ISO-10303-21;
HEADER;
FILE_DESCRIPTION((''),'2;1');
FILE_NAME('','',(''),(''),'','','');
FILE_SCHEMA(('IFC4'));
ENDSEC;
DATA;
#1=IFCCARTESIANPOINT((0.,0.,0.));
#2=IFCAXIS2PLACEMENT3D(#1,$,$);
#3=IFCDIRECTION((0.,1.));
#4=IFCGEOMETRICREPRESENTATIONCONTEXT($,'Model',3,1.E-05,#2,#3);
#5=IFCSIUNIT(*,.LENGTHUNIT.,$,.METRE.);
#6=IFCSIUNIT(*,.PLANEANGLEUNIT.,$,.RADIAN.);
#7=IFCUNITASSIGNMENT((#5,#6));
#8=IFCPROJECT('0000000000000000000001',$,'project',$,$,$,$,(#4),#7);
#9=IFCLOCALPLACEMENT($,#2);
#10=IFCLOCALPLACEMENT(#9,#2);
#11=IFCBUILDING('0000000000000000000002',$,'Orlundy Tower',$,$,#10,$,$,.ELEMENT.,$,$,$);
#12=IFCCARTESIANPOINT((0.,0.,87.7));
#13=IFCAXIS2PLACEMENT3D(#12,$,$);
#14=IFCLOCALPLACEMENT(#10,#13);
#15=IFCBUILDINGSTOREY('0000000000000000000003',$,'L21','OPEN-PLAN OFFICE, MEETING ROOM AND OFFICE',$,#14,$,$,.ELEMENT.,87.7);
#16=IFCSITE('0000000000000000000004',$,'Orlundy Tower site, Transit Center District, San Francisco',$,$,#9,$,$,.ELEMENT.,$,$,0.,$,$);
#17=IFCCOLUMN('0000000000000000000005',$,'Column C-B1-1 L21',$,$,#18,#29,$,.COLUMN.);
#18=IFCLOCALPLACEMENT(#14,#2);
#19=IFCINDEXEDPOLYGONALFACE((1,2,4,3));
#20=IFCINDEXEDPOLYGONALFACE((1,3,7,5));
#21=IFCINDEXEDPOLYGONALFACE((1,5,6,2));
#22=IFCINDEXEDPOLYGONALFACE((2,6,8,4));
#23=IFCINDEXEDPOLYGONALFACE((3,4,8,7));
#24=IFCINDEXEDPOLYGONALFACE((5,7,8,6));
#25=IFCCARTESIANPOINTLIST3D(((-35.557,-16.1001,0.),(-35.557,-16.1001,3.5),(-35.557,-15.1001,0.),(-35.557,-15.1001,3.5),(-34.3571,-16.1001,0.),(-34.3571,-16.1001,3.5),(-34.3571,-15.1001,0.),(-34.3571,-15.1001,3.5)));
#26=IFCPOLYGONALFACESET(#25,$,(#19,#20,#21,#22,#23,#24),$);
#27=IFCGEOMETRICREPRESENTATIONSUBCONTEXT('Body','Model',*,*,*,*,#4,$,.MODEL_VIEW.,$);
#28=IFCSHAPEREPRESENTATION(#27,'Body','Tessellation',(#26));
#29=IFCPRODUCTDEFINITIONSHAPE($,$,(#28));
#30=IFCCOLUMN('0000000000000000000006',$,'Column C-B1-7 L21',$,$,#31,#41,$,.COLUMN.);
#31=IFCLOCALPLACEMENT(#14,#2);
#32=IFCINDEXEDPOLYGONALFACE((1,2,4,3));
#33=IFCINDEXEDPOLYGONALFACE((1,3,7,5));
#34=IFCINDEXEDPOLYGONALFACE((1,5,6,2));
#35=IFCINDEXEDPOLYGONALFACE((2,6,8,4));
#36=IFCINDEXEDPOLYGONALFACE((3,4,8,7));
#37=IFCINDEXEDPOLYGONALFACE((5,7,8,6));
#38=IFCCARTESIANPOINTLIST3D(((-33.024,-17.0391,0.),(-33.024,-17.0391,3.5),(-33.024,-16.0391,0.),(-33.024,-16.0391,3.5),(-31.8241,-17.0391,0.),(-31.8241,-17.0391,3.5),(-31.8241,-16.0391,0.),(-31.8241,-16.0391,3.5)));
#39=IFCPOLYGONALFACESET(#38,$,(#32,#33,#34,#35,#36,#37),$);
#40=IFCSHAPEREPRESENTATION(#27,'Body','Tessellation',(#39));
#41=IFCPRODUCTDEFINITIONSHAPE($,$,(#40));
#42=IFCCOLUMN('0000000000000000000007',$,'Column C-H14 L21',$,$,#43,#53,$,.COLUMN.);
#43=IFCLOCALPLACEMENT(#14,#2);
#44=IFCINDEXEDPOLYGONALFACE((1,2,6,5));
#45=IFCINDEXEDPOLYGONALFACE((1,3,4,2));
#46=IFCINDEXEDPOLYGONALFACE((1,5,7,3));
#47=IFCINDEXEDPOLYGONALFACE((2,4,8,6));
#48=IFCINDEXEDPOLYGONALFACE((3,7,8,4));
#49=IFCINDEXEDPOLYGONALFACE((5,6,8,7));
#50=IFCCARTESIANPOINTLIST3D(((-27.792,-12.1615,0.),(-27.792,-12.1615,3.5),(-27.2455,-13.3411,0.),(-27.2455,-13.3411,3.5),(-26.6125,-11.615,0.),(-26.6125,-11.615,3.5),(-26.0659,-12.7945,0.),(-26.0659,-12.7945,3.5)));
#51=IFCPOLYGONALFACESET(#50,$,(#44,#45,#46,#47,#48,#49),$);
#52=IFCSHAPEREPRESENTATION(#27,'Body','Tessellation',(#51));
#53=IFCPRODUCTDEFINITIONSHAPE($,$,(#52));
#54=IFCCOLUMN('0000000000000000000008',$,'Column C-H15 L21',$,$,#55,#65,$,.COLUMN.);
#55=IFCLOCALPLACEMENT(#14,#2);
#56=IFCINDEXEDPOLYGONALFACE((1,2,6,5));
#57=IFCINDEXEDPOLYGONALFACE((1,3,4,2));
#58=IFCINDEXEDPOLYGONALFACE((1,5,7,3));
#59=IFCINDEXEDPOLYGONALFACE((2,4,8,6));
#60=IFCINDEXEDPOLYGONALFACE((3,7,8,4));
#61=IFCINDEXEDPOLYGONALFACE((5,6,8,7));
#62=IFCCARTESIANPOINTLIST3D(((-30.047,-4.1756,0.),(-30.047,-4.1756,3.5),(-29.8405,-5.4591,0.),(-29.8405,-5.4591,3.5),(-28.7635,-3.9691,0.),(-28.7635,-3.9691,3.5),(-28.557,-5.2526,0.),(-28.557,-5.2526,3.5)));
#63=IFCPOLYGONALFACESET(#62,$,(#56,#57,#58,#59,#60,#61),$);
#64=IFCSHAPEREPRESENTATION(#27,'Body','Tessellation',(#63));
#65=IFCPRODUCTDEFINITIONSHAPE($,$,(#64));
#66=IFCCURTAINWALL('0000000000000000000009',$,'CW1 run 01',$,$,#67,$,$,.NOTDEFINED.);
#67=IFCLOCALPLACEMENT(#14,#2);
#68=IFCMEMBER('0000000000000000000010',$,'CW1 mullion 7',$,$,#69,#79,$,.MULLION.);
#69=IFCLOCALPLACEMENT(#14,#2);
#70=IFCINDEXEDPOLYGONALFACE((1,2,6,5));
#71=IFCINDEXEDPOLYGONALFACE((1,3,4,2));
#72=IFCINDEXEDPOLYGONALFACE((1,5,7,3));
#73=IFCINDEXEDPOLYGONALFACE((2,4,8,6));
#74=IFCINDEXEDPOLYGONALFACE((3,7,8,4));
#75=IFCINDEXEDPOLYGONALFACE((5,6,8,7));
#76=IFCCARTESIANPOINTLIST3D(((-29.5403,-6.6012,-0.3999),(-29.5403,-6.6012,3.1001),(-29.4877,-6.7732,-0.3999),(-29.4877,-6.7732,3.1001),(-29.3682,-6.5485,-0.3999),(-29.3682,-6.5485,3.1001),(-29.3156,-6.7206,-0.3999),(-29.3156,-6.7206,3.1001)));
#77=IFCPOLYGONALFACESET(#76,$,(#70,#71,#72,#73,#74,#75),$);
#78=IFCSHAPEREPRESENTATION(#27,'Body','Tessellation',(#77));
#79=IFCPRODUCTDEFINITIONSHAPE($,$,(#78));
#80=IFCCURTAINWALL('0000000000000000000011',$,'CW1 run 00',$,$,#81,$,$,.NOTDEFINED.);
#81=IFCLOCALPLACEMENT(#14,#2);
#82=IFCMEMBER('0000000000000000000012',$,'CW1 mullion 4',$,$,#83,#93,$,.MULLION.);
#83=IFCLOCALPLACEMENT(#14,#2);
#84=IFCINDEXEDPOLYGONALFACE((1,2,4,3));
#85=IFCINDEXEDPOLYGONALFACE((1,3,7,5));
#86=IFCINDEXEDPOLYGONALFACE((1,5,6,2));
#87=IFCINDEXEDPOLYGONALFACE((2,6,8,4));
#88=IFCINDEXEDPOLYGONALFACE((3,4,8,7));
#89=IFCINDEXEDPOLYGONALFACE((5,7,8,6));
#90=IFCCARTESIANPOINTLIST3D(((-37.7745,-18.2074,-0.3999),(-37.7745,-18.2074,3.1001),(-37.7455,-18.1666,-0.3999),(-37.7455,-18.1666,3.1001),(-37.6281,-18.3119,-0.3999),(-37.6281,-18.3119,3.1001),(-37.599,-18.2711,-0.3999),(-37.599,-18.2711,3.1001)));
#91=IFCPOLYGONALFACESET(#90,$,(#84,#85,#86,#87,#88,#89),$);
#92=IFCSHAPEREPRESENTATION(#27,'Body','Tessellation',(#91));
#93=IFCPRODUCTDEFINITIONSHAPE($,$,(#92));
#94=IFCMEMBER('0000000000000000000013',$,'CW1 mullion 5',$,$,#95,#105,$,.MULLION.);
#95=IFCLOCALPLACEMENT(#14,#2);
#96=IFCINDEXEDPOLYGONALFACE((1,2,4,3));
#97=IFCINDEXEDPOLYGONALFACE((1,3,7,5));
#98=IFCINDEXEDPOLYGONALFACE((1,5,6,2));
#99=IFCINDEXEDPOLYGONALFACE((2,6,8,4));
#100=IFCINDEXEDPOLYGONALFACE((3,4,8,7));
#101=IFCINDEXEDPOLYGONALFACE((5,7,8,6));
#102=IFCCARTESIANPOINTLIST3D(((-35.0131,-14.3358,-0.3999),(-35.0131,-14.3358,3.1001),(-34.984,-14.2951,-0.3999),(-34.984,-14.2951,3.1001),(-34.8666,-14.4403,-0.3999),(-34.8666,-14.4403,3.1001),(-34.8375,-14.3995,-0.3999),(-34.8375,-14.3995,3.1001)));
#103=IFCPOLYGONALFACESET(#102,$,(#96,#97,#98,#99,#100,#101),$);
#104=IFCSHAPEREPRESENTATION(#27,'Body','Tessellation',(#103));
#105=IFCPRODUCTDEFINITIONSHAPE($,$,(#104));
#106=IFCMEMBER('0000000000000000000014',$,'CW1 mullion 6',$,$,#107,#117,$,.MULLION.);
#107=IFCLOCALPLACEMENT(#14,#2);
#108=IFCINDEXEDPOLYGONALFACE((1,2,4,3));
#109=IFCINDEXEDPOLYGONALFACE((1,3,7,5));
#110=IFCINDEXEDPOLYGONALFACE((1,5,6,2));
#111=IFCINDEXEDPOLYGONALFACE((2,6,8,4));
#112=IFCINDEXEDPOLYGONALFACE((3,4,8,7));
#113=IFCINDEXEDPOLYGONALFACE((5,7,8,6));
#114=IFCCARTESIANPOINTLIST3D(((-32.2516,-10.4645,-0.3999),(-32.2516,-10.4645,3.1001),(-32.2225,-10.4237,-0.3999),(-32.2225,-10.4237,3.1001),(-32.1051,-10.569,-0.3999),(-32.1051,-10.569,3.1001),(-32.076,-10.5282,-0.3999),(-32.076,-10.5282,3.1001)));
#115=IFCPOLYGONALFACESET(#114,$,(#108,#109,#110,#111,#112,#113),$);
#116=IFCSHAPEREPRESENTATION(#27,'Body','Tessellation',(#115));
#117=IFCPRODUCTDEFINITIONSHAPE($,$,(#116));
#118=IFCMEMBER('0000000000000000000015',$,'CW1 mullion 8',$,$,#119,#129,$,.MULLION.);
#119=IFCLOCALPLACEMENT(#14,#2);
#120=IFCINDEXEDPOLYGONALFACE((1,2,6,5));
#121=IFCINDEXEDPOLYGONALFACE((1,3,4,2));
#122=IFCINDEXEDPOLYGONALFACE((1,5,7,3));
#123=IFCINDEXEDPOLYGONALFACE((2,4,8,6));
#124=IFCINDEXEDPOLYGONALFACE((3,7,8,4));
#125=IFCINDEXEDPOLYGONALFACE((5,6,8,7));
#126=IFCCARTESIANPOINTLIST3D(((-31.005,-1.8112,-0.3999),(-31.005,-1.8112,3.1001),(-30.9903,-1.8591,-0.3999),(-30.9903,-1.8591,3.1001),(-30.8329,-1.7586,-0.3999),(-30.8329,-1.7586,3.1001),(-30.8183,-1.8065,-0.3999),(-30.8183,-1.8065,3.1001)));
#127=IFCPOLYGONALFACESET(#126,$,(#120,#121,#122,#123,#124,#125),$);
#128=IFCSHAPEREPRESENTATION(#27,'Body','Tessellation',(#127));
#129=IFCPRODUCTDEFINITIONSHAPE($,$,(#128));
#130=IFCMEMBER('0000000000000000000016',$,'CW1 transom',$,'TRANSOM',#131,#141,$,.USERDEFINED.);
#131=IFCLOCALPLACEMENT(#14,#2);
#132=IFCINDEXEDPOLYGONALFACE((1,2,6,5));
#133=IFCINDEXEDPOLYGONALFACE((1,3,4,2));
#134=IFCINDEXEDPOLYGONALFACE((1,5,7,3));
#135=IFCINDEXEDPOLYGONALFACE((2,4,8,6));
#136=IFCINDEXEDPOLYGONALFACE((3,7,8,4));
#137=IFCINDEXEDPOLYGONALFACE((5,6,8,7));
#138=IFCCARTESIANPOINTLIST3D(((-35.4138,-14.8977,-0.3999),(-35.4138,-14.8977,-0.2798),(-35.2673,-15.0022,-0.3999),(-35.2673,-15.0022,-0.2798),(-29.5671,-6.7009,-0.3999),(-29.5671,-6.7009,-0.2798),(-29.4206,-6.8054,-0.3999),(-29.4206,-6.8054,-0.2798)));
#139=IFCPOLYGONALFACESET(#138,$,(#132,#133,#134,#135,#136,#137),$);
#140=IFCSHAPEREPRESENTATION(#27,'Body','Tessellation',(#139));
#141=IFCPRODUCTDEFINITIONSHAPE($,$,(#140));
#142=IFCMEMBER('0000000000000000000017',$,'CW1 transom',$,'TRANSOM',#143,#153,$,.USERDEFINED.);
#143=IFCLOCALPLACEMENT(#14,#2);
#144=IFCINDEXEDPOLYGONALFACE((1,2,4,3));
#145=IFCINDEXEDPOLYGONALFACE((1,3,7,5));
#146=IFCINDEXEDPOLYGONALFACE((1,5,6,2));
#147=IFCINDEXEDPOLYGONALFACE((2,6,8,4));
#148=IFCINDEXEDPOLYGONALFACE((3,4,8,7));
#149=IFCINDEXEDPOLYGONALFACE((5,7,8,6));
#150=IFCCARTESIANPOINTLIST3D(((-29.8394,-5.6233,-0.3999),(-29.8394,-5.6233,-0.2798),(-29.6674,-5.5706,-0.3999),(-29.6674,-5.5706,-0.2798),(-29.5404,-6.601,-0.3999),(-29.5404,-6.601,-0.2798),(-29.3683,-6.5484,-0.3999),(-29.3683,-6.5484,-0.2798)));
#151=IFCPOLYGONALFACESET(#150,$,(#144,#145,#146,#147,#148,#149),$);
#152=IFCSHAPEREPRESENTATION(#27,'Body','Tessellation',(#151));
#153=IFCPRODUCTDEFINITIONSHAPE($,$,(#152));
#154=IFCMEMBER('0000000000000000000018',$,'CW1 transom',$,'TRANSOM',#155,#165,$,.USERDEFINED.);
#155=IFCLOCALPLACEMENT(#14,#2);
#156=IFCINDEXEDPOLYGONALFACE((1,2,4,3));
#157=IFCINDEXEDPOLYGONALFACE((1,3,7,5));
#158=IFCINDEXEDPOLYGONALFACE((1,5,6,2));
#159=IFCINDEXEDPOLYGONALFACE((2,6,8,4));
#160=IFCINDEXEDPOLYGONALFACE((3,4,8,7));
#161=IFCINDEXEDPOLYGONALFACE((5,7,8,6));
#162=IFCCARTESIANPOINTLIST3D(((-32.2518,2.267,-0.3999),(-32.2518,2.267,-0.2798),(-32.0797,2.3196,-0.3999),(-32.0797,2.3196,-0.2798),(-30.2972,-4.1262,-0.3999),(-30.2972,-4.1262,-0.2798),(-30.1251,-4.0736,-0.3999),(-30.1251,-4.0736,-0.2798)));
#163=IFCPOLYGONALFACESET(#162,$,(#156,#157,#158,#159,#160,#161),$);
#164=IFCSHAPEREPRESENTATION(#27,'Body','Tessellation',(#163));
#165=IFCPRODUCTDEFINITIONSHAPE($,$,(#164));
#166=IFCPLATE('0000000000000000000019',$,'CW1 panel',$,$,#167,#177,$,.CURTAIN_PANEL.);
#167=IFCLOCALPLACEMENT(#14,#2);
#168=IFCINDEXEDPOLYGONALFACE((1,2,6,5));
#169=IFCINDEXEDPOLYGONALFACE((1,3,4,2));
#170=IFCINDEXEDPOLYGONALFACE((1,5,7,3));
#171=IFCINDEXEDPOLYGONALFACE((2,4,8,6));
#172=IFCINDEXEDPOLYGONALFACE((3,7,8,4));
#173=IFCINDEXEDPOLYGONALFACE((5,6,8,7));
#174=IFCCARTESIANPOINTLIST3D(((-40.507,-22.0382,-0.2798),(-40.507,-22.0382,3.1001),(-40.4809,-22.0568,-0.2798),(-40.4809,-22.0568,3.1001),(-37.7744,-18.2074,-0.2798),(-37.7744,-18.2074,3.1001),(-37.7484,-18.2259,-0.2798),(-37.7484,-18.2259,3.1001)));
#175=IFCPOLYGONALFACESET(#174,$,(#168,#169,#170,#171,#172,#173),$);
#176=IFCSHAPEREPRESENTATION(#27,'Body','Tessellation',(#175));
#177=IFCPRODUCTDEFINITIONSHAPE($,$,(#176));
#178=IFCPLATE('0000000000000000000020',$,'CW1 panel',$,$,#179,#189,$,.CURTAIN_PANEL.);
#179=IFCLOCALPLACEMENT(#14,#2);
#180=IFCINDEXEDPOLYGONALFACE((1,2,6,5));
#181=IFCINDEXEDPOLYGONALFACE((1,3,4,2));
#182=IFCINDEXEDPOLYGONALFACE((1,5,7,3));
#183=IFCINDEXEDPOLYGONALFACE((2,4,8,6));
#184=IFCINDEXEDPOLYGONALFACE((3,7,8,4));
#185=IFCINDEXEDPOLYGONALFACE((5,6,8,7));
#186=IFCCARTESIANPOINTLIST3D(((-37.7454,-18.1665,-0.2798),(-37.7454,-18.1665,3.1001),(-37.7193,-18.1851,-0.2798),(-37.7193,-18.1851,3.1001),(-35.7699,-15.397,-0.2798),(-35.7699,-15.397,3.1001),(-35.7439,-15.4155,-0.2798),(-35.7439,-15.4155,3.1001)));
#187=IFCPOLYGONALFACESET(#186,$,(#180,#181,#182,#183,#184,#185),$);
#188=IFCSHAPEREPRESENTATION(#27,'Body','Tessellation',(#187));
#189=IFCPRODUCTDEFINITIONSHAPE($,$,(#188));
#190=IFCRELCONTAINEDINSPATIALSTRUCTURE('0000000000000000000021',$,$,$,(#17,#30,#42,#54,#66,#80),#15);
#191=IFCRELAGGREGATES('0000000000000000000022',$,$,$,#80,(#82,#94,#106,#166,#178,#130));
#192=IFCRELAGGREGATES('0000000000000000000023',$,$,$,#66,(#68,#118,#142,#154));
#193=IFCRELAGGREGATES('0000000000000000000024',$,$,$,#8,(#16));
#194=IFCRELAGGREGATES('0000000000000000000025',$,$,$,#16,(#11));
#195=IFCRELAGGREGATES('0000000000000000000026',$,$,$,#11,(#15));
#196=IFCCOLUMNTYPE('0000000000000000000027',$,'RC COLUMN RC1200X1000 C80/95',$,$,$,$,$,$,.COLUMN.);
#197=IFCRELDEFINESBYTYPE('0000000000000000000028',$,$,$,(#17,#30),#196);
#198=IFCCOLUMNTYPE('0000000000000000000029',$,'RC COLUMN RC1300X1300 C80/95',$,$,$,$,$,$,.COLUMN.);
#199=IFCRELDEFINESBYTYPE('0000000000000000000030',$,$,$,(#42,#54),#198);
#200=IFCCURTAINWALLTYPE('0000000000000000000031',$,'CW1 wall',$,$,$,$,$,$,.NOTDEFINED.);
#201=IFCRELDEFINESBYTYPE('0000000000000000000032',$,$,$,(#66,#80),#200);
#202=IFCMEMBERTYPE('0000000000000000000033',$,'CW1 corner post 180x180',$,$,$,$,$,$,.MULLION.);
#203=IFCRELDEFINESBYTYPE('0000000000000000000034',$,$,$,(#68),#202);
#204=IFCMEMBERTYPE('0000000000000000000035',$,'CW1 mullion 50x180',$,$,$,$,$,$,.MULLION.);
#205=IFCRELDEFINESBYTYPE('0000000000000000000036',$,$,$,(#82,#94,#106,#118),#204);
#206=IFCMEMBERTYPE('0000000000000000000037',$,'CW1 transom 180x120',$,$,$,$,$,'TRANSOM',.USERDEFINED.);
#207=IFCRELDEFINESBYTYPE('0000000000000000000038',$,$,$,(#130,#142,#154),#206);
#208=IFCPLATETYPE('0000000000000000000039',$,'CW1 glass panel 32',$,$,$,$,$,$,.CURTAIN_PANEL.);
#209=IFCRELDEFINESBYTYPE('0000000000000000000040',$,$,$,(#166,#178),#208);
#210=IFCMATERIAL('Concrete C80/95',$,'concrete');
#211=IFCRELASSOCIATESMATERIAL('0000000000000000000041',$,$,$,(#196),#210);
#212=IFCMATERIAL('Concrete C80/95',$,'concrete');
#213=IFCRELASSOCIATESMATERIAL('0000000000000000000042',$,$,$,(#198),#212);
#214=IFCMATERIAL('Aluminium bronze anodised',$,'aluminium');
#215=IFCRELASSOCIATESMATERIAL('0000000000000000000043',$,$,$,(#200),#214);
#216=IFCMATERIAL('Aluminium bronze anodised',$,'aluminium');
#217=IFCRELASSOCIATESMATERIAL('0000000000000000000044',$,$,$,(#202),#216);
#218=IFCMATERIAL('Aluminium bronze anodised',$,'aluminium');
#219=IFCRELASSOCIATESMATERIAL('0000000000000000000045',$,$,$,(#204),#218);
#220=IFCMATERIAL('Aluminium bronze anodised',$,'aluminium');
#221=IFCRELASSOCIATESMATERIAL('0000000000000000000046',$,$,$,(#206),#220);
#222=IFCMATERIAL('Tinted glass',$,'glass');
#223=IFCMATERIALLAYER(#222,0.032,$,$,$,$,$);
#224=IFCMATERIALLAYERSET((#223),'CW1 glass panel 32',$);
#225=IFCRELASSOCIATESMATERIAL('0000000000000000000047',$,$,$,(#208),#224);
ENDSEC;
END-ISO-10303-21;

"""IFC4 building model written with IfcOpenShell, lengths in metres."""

from ifc_helpers import new_model, si_unit, direction, frame, origin, origin_2d, place, context, subcontext, project, spatial, rectangle, extrude, material, layer, layer_set, material_profile, profile_set, type_object, element, aggregate, save


model = new_model("IFC4")

# Units and contexts
model_context = context("Model", 3, precision=1e-05, world=origin(), true_north=direction((0.0, 1.0)))
body_context = subcontext(model_context, "Body", "Model", "MODEL_VIEW")
ifc_project = project(units=[si_unit("LENGTHUNIT", "METRE"), si_unit("PLANEANGLEUNIT", "RADIAN")], contexts=[model_context])

# Site, building, storey
site_placement = place(None, origin())
site = spatial("IfcSite", under=ifc_project, at=site_placement, Name="Orlundy Tower site, Transit Center District, San Francisco", CompositionType="ELEMENT", RefElevation=0.0)
building_placement = place(site_placement, origin())
building = spatial("IfcBuilding", under=site, at=building_placement, Name="Orlundy Tower", CompositionType="ELEMENT")
storey_placement = place(building_placement, frame((0.0, 0.0, 87.7)))
storey = spatial("IfcBuildingStorey", under=building, at=storey_placement, Name="L21", Description="OPEN-PLAN OFFICE, MEETING ROOM AND OFFICE", CompositionType="ELEMENT", Elevation=87.7)

# Columns
ifc_material_1 = material(Name="Concrete C80/95", Category="concrete")
ifc_material_profile_1 = material_profile(ifc_material_1, rectangle(XDim=1.2, YDim=1.0, at=origin_2d()), Name="RC1200X1000")
ifc_profile_set_1 = profile_set([ifc_material_profile_1], Name="Concrete C80/95")
column_type_1 = type_object("IfcColumnType", Name="RC COLUMN RC1200X1000 C80/95", PredefinedType="COLUMN", material=ifc_profile_set_1)
for number, where, z_axis, x_axis, name in (
    (1, (-34.957, -15.6001, 0.0), (0.0, 0.0, 1.0), (1.0, 0.0, 0.0), "Column C-B1-1 L21"),
    (2, (-32.4241, -16.5391, 0.0), (0.0, 0.0, 1.0), (1.0, 0.0, 0.0), "Column C-B1-7 L21"),
):
    element("IfcColumn", number, at=place(storey_placement, frame(where, z_axis=z_axis, x_axis=x_axis)), inside=storey, type_object=column_type_1, Name=name, PredefinedType="COLUMN", context=body_context, shape_type="SweptSolid", body=[
        extrude(rectangle(XDim=1.2, YDim=1.0, at=origin_2d()), origin(), (0.0, 0.0, 1.0), 3.5),
    ])
ifc_material_2 = material(Name="Concrete C80/95", Category="concrete")
ifc_material_profile_2 = material_profile(ifc_material_2, rectangle(XDim=1.3, YDim=1.3, at=origin_2d()), Name="RC1300X1300")
ifc_profile_set_2 = profile_set([ifc_material_profile_2], Name="Concrete C80/95")
column_type_2 = type_object("IfcColumnType", Name="RC COLUMN RC1300X1300 C80/95", PredefinedType="COLUMN", material=ifc_profile_set_2)
for number, where, z_axis, x_axis, name in (
    (3, (-26.929, -12.478, 0.0), (0.0, 0.0, 1.0), (-0.90733, -0.420418, 0.0), "Column C-H14 L21"),
    (4, (-29.302, -4.7141, 0.0), (0.0, 0.0, 1.0), (-0.987306, -0.15883, 0.0), "Column C-H15 L21"),
):
    element("IfcColumn", number, at=place(storey_placement, frame(where, z_axis=z_axis, x_axis=x_axis)), inside=storey, type_object=column_type_2, Name=name, PredefinedType="COLUMN", context=body_context, shape_type="SweptSolid", body=[
        extrude(rectangle(XDim=1.3, YDim=1.3, at=origin_2d()), origin(), (0.0, 0.0, 1.0), 3.5),
    ])

# Curtain wall, member
ifc_material_3 = material(Name="Aluminium bronze anodised", Category="aluminium")
curtain_wall_type = type_object("IfcCurtainWallType", Name="CW1 wall", PredefinedType="NOTDEFINED", material=ifc_material_3)
curtain_wall_1_placement = place(storey_placement, origin())
curtain_wall_1 = element("IfcCurtainWall", 5, at=curtain_wall_1_placement, inside=storey, type_object=curtain_wall_type, Name="CW1 run 01", PredefinedType="NOTDEFINED")
ifc_material_4 = material(Name="Aluminium bronze anodised", Category="aluminium")
ifc_material_profile_3 = material_profile(ifc_material_4, rectangle(XDim=0.1799, YDim=0.1799, at=origin_2d()), Name="CW1 corner post 180x180")
ifc_profile_set_3 = profile_set([ifc_material_profile_3], Name="Aluminium bronze anodised")
member_type_1 = type_object("IfcMemberType", Name="CW1 corner post 180x180", PredefinedType="MULLION", material=ifc_profile_set_3)
member_1_placement = place(storey_placement, frame((-29.428, -6.6609, -0.3999), z_axis=(0.0, 0.0, 1.0), x_axis=(-0.956299, -0.29239, 0.0)))
member_1 = element("IfcMember", 6, at=member_1_placement, type_object=member_type_1, Name="CW1 mullion 7", PredefinedType="MULLION", context=body_context, shape_type="SweptSolid", body=[
    extrude(rectangle(XDim=0.1799, YDim=0.1799, at=origin_2d()), origin(), (0.0, 0.0, 1.0), 3.5),
])

# Curtain wall, members
curtain_wall_2_placement = place(storey_placement, origin())
curtain_wall_2 = element("IfcCurtainWall", 7, at=curtain_wall_2_placement, inside=storey, type_object=curtain_wall_type, Name="CW1 run 00", PredefinedType="NOTDEFINED")
ifc_material_5 = material(Name="Aluminium bronze anodised", Category="aluminium")
ifc_material_profile_4 = material_profile(ifc_material_5, rectangle(XDim=0.1799, YDim=0.05, at=origin_2d()), Name="CW1 mullion 50x180")
ifc_profile_set_4 = profile_set([ifc_material_profile_4], Name="Aluminium bronze anodised")
member_type_2 = type_object("IfcMemberType", Name="CW1 mullion 50x180", PredefinedType="MULLION", material=ifc_profile_set_4)
member_2_placement = place(storey_placement, frame((-37.6868, -18.2393, -0.3999), z_axis=(0.0, 0.0, 1.0), x_axis=(-0.814117, 0.580701, 0.0)))
member_2 = element("IfcMember", 8, at=member_2_placement, type_object=member_type_2, Name="CW1 mullion 4", PredefinedType="MULLION", context=body_context, shape_type="SweptSolid", body=[
    extrude(rectangle(XDim=0.1799, YDim=0.05, at=origin_2d()), origin(), (0.0, 0.0, 1.0), 3.5),
])
member_3_placement = place(storey_placement, frame((-34.9253, -14.3677, -0.3999), z_axis=(0.0, 0.0, 1.0), x_axis=(-0.814117, 0.580701, 0.0)))
member_3 = element("IfcMember", 9, at=member_3_placement, type_object=member_type_2, Name="CW1 mullion 5", PredefinedType="MULLION", context=body_context, shape_type="SweptSolid", body=[
    extrude(rectangle(XDim=0.1799, YDim=0.05, at=origin_2d()), origin(), (0.0, 0.0, 1.0), 3.5),
])
member_4_placement = place(storey_placement, frame((-32.1638, -10.4963, -0.3999), z_axis=(0.0, 0.0, 1.0), x_axis=(-0.814117, 0.580701, 0.0)))
member_4 = element("IfcMember", 10, at=member_4_placement, type_object=member_type_2, Name="CW1 mullion 6", PredefinedType="MULLION", context=body_context, shape_type="SweptSolid", body=[
    extrude(rectangle(XDim=0.1799, YDim=0.05, at=origin_2d()), origin(), (0.0, 0.0, 1.0), 3.5),
])

# Members
member_5_placement = place(storey_placement, frame((-30.9116, -1.8088, -0.3999), z_axis=(0.0, 0.0, 1.0), x_axis=(-0.956299, -0.29239, 0.0)))
member_5 = element("IfcMember", 11, at=member_5_placement, type_object=member_type_2, Name="CW1 mullion 8", PredefinedType="MULLION", context=body_context, shape_type="SweptSolid", body=[
    extrude(rectangle(XDim=0.1799, YDim=0.05, at=origin_2d()), origin(), (0.0, 0.0, 1.0), 3.5),
])
ifc_material_6 = material(Name="Aluminium bronze anodised", Category="aluminium")
ifc_material_profile_5 = material_profile(ifc_material_6, rectangle(XDim=0.1799, YDim=0.1201, at=origin_2d()), Name="CW1 transom 180x120")
ifc_profile_set_5 = profile_set([ifc_material_profile_5], Name="Aluminium bronze anodised")
member_type_3 = type_object("IfcMemberType", Name="CW1 transom 180x120", ElementType="TRANSOM", PredefinedType="USERDEFINED", material=ifc_profile_set_5)
member_6_placement = place(storey_placement, frame((-35.3406, -14.95, -0.3398), z_axis=(0.580701, 0.814117, 0.0), x_axis=(-0.814117, 0.580701, 0.0)))
member_6 = element("IfcMember", 12, at=member_6_placement, type_object=member_type_3, Name="CW1 transom", ObjectType="TRANSOM", PredefinedType="USERDEFINED", context=body_context, shape_type="SweptSolid", body=[
    extrude(rectangle(XDim=0.1799, YDim=0.1201, at=origin_2d()), origin(), (0.0, 0.0, 1.0), 10.0684),
])
member_7_placement = place(storey_placement, frame((-29.4543, -6.5747, -0.3398), z_axis=(-0.292491, 0.956268, 0.0), x_axis=(-0.956268, -0.292491, 0.0)))
member_7 = element("IfcMember", 13, at=member_7_placement, type_object=member_type_3, Name="CW1 transom", ObjectType="TRANSOM", PredefinedType="USERDEFINED", context=body_context, shape_type="SweptSolid", body=[
    extrude(rectangle(XDim=0.1799, YDim=0.1201, at=origin_2d()), origin(), (0.0, 0.0, 1.0), 1.0225),
])
member_8_placement = place(storey_placement, frame((-30.2112, -4.0999, -0.3398), z_axis=(-0.292366, 0.956306, 0.0), x_axis=(-0.956306, -0.292366, 0.0)))
member_8 = element("IfcMember", 14, at=member_8_placement, type_object=member_type_3, Name="CW1 transom", ObjectType="TRANSOM", PredefinedType="USERDEFINED", context=body_context, shape_type="SweptSolid", body=[
    extrude(rectangle(XDim=0.1799, YDim=0.1201, at=origin_2d()), origin(), (0.0, 0.0, 1.0), 6.6853),
])

# Plates
ifc_material_7 = material(Name="Tinted glass", Category="glass")
ifc_layer_1 = layer(ifc_material_7, 0.032)
ifc_layer_set_1 = layer_set([ifc_layer_1], Name="CW1 glass panel 32")
plate_type = type_object("IfcPlateType", Name="CW1 glass panel 32", PredefinedType="CURTAIN_PANEL", material=ifc_layer_set_1)
plate_1_placement = place(storey_placement, frame((-39.1277, -20.1321, -0.2798), z_axis=(0.0, 0.0, 1.0), x_axis=(0.580701, 0.814117, 0.0)))
plate_1 = element("IfcPlate", 15, at=plate_1_placement, type_object=plate_type, Name="CW1 panel", PredefinedType="CURTAIN_PANEL", context=body_context, shape_type="SweptSolid", body=[
    extrude(rectangle(XDim=4.7056, YDim=0.032, at=origin_2d()), origin(), (0.0, 0.0, 1.0), 3.3799),
])
plate_2_placement = place(storey_placement, frame((-36.7446, -16.791, -0.2798), z_axis=(0.0, 0.0, 1.0), x_axis=(0.580701, 0.814117, 0.0)))
plate_2 = element("IfcPlate", 16, at=plate_2_placement, type_object=plate_type, Name="CW1 panel", PredefinedType="CURTAIN_PANEL", context=body_context, shape_type="SweptSolid", body=[
    extrude(rectangle(XDim=3.4019, YDim=0.032, at=origin_2d()), origin(), (0.0, 0.0, 1.0), 3.3799),
])
aggregate(curtain_wall_2, [member_2, member_3, member_4, plate_1, plate_2, member_6])
aggregate(curtain_wall_1, [member_1, member_5, member_7, member_8])

save(model, "model.ifc")
